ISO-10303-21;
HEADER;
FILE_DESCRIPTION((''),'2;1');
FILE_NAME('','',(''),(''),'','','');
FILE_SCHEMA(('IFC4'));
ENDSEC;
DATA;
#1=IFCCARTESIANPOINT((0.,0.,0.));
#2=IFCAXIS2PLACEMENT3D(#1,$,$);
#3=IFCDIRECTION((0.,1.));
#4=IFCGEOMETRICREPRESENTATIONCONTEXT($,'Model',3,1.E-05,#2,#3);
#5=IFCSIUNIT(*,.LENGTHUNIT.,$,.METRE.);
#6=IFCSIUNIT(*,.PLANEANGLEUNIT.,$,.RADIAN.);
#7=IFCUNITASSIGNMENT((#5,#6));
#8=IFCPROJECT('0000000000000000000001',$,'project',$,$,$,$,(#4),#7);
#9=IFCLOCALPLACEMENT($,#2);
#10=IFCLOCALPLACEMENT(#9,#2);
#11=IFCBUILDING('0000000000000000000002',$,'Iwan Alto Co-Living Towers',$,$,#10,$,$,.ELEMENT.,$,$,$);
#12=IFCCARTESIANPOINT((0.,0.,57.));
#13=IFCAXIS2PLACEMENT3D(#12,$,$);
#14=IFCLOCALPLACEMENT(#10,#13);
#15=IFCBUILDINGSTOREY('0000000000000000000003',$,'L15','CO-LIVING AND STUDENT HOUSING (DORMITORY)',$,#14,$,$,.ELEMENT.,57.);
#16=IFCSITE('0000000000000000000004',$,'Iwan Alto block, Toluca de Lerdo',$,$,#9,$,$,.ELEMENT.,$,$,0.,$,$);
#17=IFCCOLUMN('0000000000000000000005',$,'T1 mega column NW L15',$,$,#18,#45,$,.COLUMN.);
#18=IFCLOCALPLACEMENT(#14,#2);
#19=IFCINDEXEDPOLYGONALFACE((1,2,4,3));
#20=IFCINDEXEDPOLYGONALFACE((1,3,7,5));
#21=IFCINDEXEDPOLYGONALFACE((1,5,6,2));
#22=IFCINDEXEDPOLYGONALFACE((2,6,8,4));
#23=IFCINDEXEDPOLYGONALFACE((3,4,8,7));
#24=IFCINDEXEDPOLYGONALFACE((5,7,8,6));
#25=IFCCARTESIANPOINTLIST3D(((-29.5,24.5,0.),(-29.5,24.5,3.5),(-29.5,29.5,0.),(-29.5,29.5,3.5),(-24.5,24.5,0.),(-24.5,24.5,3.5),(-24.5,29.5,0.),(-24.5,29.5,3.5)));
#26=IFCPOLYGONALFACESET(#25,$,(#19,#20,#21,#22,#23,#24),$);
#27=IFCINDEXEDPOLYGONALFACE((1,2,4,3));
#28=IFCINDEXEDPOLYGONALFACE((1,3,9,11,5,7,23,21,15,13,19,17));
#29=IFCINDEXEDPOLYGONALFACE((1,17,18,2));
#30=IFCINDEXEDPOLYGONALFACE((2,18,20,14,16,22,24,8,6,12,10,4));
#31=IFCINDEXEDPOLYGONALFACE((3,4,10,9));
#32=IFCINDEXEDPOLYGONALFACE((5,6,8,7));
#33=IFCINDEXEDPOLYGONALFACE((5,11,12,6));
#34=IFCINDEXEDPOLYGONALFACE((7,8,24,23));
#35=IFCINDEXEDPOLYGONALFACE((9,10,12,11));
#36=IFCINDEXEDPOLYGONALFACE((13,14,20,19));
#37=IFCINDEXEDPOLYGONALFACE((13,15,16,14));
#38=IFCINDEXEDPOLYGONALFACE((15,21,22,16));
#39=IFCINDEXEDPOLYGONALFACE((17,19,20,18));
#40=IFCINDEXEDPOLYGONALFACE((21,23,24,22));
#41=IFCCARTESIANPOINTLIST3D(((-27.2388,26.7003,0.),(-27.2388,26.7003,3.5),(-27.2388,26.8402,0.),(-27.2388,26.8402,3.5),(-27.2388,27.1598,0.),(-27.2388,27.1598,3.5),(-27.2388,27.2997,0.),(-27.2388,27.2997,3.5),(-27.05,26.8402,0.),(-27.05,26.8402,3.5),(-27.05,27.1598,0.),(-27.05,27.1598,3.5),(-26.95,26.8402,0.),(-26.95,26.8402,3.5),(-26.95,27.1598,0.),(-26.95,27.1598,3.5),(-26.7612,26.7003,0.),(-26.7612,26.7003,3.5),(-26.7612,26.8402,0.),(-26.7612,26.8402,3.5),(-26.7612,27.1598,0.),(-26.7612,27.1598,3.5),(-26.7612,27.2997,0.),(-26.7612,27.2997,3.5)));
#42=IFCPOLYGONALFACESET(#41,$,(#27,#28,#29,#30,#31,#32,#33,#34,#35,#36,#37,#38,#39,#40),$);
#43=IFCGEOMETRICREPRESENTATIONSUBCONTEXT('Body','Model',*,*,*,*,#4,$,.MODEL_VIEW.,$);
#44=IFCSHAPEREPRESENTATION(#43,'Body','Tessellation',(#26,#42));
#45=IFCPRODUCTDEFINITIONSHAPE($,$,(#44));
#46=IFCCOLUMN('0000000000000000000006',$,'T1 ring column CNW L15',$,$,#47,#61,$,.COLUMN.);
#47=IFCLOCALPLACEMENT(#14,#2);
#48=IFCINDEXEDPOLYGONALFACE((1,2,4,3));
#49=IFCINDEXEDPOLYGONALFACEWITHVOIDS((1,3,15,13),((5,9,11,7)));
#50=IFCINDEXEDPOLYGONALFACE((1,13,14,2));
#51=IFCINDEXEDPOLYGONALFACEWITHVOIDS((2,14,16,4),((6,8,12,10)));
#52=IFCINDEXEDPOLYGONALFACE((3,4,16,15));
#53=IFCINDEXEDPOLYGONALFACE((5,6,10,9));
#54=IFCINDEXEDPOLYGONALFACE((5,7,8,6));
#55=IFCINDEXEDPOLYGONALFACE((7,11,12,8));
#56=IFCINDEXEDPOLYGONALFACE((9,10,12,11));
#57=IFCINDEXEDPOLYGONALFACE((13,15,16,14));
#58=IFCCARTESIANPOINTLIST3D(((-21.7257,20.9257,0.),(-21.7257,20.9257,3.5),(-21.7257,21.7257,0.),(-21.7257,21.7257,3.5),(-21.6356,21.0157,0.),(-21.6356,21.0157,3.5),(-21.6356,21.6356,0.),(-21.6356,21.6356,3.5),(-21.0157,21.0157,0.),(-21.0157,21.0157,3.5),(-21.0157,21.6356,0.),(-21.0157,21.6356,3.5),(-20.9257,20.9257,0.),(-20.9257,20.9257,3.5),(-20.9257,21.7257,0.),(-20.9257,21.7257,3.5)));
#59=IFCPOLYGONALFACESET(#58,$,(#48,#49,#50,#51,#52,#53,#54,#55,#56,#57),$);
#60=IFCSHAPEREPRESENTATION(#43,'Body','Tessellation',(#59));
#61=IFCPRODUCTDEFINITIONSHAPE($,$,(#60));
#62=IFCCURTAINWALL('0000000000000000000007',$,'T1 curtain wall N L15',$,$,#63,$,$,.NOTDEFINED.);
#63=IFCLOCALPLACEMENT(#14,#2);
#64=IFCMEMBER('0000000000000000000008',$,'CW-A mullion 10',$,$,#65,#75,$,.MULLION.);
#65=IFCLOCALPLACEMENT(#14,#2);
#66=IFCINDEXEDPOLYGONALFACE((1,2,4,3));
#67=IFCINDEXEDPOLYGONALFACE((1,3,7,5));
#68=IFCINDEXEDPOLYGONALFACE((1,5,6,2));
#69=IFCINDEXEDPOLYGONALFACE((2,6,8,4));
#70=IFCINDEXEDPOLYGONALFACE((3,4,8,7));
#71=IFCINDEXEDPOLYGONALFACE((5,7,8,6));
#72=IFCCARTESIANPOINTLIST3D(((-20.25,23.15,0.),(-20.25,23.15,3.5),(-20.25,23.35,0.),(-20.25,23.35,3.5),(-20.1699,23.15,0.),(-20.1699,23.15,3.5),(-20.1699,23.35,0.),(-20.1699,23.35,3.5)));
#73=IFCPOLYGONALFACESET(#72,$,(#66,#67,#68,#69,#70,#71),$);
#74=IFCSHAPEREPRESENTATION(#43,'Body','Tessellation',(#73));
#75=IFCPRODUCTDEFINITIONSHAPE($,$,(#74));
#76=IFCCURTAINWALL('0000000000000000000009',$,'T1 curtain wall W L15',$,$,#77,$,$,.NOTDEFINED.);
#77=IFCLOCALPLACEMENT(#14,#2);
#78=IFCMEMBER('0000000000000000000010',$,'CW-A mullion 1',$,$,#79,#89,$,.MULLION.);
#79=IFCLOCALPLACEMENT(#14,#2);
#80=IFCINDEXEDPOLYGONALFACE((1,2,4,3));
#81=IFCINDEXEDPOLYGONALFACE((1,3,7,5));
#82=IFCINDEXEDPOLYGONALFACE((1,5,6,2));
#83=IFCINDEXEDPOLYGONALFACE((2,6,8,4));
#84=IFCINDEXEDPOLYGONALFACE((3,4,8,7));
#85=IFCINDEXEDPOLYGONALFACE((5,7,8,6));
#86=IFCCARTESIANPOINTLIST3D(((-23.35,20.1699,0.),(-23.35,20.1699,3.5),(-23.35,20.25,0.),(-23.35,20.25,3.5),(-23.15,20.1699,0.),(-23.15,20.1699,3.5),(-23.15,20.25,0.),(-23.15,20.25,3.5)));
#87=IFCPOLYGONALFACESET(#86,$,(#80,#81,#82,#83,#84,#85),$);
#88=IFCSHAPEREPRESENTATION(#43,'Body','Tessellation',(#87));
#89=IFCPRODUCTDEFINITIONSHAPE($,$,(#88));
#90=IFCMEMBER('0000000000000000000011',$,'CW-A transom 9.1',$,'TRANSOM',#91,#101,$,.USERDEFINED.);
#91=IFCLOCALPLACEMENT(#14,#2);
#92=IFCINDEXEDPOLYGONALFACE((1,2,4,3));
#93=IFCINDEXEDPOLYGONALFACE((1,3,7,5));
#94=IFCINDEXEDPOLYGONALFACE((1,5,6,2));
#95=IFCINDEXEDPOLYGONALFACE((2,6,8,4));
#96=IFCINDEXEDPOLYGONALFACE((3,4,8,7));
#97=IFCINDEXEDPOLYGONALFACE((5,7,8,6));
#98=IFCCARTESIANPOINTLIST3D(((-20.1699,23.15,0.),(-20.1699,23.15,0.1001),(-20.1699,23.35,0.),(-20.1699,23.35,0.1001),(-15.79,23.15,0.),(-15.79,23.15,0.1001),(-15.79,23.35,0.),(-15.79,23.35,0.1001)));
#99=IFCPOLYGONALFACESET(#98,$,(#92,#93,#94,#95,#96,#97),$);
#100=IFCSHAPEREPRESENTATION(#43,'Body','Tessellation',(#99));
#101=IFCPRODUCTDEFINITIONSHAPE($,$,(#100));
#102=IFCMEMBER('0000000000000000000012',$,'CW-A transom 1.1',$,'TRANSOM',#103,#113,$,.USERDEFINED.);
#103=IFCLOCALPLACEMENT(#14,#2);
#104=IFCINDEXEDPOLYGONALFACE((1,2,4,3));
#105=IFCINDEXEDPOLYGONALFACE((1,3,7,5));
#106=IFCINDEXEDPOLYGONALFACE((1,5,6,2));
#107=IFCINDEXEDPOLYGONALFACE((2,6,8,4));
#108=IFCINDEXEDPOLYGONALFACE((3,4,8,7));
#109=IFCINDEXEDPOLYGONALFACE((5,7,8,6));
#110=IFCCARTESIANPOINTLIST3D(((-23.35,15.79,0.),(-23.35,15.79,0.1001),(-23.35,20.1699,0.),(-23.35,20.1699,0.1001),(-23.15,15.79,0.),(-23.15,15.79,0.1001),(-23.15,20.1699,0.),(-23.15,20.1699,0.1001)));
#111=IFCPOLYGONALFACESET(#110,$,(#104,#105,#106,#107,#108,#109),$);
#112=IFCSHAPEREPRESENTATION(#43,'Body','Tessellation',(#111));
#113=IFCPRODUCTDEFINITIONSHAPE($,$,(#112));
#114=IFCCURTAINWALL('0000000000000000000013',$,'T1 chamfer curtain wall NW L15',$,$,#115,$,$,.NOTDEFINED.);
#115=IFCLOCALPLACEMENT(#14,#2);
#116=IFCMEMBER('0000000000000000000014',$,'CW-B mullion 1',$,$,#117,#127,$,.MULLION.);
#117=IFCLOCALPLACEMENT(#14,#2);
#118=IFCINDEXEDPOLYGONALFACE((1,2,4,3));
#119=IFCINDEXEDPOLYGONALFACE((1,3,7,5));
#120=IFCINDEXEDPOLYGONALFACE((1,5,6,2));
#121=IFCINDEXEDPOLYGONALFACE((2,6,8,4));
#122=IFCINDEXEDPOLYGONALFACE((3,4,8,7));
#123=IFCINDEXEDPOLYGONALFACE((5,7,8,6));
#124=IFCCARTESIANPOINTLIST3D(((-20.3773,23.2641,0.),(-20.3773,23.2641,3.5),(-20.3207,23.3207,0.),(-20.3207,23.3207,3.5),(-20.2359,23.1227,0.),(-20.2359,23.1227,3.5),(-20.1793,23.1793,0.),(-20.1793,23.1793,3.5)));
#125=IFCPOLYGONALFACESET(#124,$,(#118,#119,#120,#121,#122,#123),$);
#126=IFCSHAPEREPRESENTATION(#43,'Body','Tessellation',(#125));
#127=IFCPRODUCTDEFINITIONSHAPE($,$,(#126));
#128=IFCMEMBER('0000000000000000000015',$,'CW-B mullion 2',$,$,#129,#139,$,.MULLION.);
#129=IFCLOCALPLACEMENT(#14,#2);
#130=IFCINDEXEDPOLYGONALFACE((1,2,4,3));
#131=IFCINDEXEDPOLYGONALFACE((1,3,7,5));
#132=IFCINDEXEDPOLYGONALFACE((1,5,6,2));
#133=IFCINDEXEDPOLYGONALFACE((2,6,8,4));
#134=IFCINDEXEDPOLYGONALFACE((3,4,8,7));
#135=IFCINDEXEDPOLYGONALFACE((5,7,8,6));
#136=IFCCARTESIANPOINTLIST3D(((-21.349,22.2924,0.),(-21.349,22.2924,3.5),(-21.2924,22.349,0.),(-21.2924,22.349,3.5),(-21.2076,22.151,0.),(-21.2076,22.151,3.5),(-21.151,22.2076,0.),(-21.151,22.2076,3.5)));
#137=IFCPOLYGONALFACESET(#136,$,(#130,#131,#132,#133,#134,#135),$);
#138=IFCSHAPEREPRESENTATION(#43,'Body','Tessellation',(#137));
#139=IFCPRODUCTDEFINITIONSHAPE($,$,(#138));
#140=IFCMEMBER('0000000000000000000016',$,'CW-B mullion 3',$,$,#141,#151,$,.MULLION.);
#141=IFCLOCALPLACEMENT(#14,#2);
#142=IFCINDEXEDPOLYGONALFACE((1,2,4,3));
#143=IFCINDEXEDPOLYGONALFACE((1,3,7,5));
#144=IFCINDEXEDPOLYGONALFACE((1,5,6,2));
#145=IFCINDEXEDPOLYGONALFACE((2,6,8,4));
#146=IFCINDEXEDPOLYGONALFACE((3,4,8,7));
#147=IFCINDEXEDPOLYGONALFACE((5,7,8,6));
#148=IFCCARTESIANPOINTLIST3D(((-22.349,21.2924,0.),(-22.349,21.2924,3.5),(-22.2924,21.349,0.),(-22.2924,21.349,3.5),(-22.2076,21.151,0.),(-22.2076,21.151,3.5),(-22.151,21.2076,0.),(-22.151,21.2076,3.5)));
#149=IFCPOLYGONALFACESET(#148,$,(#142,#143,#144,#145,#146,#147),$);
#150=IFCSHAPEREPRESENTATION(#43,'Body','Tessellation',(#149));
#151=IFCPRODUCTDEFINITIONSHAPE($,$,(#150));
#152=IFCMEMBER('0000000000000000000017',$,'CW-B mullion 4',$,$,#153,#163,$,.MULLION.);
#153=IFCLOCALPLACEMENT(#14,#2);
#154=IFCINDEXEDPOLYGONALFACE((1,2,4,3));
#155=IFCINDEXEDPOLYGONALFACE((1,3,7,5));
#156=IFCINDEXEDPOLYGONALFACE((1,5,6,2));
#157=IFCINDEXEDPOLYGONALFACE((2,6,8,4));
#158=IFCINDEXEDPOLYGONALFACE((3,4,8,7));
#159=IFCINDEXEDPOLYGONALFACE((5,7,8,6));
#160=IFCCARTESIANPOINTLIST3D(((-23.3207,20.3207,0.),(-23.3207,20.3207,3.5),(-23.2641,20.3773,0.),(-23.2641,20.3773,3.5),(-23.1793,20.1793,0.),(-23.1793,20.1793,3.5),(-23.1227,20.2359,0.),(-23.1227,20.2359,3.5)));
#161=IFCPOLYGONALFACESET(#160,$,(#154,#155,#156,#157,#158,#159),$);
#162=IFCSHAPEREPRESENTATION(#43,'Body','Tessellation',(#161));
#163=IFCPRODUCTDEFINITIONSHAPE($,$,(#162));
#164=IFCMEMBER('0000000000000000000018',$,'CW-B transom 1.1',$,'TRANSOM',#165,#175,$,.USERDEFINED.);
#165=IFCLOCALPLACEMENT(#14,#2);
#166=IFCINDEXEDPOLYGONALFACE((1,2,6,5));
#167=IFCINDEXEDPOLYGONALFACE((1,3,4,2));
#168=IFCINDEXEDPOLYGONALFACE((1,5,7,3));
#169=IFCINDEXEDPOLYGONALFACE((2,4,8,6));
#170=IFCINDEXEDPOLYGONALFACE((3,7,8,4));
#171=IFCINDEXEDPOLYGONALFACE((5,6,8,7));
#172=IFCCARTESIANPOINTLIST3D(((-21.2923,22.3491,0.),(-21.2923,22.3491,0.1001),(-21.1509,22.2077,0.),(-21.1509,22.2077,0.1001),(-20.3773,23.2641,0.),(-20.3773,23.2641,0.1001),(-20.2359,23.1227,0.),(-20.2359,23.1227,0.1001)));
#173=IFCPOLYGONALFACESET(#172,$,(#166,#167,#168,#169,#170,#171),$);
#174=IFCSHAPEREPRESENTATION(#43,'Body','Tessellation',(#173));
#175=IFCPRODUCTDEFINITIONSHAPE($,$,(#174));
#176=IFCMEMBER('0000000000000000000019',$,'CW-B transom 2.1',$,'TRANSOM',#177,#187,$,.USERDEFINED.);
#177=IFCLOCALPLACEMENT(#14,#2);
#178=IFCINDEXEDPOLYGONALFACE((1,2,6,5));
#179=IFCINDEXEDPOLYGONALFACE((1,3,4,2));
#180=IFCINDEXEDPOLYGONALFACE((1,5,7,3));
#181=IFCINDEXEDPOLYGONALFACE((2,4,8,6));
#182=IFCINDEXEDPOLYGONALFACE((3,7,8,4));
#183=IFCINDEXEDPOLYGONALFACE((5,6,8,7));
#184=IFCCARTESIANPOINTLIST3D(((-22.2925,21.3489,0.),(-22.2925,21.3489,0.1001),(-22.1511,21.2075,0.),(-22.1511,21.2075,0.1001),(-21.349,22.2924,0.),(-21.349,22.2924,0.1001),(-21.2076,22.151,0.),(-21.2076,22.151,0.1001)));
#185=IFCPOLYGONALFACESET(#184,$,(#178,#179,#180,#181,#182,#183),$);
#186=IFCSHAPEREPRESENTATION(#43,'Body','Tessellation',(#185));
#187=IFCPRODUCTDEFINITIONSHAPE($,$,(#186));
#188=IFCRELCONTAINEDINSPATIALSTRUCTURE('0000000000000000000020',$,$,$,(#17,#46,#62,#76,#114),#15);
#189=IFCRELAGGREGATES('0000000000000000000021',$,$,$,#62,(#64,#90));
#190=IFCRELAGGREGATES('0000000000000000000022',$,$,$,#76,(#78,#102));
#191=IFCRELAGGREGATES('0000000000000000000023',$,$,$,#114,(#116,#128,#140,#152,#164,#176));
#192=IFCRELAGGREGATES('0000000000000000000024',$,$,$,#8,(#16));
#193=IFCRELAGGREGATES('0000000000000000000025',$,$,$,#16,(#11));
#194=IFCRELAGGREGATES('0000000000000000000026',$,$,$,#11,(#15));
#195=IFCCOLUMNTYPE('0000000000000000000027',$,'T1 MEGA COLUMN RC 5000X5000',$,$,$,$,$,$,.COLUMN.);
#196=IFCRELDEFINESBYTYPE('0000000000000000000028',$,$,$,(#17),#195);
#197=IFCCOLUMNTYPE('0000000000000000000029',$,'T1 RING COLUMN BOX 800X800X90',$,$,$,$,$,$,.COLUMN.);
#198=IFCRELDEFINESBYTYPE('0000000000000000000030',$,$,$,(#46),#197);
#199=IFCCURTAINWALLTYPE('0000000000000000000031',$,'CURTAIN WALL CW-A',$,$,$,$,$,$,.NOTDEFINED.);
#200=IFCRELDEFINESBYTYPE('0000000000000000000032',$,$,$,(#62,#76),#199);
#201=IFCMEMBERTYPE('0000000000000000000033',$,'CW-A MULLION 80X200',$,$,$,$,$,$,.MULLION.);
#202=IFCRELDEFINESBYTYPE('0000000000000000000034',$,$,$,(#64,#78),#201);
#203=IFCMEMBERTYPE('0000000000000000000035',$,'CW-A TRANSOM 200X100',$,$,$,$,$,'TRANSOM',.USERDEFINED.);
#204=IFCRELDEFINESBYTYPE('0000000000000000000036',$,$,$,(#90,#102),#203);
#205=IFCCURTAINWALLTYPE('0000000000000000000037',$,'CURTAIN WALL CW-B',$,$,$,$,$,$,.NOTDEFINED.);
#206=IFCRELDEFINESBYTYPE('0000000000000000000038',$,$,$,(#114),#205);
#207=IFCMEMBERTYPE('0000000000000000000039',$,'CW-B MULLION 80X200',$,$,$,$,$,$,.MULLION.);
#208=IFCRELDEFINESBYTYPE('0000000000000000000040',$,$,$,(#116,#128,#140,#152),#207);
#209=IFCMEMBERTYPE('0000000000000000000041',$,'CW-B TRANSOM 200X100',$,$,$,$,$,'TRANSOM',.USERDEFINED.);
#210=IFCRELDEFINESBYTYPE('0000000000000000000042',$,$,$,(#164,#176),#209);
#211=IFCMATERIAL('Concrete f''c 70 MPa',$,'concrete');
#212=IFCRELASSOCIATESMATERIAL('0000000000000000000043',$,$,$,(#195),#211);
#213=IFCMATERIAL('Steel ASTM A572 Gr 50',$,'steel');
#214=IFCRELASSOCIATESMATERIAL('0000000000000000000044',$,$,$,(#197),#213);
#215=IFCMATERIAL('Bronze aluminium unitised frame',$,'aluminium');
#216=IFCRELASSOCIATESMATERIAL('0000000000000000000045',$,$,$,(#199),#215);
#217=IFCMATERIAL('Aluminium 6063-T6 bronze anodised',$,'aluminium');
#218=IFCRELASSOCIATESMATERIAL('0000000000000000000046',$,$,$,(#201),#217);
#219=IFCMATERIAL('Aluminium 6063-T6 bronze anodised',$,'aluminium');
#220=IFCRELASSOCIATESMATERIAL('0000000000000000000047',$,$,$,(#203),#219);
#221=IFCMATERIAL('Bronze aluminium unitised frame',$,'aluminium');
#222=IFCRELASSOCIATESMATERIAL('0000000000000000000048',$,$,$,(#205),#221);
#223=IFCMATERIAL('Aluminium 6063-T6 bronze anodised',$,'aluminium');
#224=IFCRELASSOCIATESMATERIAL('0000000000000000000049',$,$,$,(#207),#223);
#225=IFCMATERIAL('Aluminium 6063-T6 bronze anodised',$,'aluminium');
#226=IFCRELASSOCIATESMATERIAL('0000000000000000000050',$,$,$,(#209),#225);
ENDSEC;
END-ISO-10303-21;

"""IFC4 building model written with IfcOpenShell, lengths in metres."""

from ifc_helpers import new_model, si_unit, direction, frame, origin, origin_2d, place, context, subcontext, project, spatial, rectangle, hollow_rectangle, i_section, extrude, material, material_profile, profile_set, type_object, element, aggregate, save


model = new_model("IFC4")

# Units and contexts
model_context = context("Model", 3, precision=1e-05, world=origin(), true_north=direction((0.0, 1.0)))
body_context = subcontext(model_context, "Body", "Model", "MODEL_VIEW")
ifc_project = project(units=[si_unit("LENGTHUNIT", "METRE"), si_unit("PLANEANGLEUNIT", "RADIAN")], contexts=[model_context])

# Site, building, storey
site_placement = place(None, origin())
site = spatial("IfcSite", under=ifc_project, at=site_placement, Name="Iwan Alto block, Toluca de Lerdo", CompositionType="ELEMENT", RefElevation=0.0)
building_placement = place(site_placement, origin())
building = spatial("IfcBuilding", under=site, at=building_placement, Name="Iwan Alto Co-Living Towers", CompositionType="ELEMENT")
storey_placement = place(building_placement, frame((0.0, 0.0, 57.0)))
storey = spatial("IfcBuildingStorey", under=building, at=storey_placement, Name="L15", Description="CO-LIVING AND STUDENT HOUSING (DORMITORY)", CompositionType="ELEMENT", Elevation=57.0)

# Columns
ifc_material_1 = material(Name="Concrete f'c 70 MPa", Category="concrete")
ifc_material_profile_1 = material_profile(ifc_material_1, rectangle(XDim=5.0, YDim=5.0, at=origin_2d()), Name="RC 5000X5000")
ifc_profile_set_1 = profile_set([ifc_material_profile_1], Name="Concrete f'c 70 MPa")
column_type_1 = type_object("IfcColumnType", Name="T1 MEGA COLUMN RC 5000X5000", PredefinedType="COLUMN", material=ifc_profile_set_1)
column_1_placement = place(storey_placement, frame((-27.0, 27.0, 0.0), z_axis=(0.0, 0.0, 1.0), x_axis=(1.0, 0.0, 0.0)))
element("IfcColumn", 1, at=column_1_placement, inside=storey, type_object=column_type_1, Name="T1 mega column NW L15", PredefinedType="COLUMN", context=body_context, shape_type="SweptSolid", body=[
    extrude(rectangle(XDim=5.0, YDim=5.0, at=origin_2d()), origin(), (0.0, 0.0, 1.0), 3.5),
    extrude(i_section(OverallWidth=0.4775, OverallDepth=0.5994, WebThickness=0.1001, FlangeThickness=0.1399, at=origin_2d()), origin(), (0.0, 0.0, 1.0), 3.5),
])
ifc_material_2 = material(Name="Steel ASTM A572 Gr 50", Category="steel")
ifc_material_profile_2 = material_profile(ifc_material_2, hollow_rectangle(XDim=0.8, YDim=0.8, WallThickness=0.0901, at=origin_2d()), Name="BOX 800X800X90")
ifc_profile_set_2 = profile_set([ifc_material_profile_2], Name="Steel ASTM A572 Gr 50")
column_type_2 = type_object("IfcColumnType", Name="T1 RING COLUMN BOX 800X800X90", PredefinedType="COLUMN", material=ifc_profile_set_2)
column_2_placement = place(storey_placement, frame((-21.3257, 21.3257, 0.0), z_axis=(0.0, 0.0, 1.0), x_axis=(1.0, 0.0, 0.0)))
element("IfcColumn", 2, at=column_2_placement, inside=storey, type_object=column_type_2, Name="T1 ring column CNW L15", PredefinedType="COLUMN", context=body_context, shape_type="SweptSolid", body=[
    extrude(hollow_rectangle(XDim=0.8, YDim=0.8, WallThickness=0.0901, at=origin_2d()), origin(), (0.0, 0.0, 1.0), 3.5),
])

# Curtain walls, members
ifc_material_3 = material(Name="Bronze aluminium unitised frame", Category="aluminium")
curtain_wall_type_1 = type_object("IfcCurtainWallType", Name="CURTAIN WALL CW-A", PredefinedType="NOTDEFINED", material=ifc_material_3)
curtain_wall_1_placement = place(storey_placement, origin())
curtain_wall_1 = element("IfcCurtainWall", 3, at=curtain_wall_1_placement, inside=storey, type_object=curtain_wall_type_1, Name="T1 curtain wall N L15", PredefinedType="NOTDEFINED")
ifc_material_4 = material(Name="Aluminium 6063-T6 bronze anodised", Category="aluminium")
ifc_material_profile_3 = material_profile(ifc_material_4, rectangle(XDim=0.2, YDim=0.0801, at=origin_2d()), Name="AL 80X200")
ifc_profile_set_3 = profile_set([ifc_material_profile_3], Name="Aluminium 6063-T6 bronze anodised")
member_type_1 = type_object("IfcMemberType", Name="CW-A MULLION 80X200", PredefinedType="MULLION", material=ifc_profile_set_3)
member_1_placement = place(storey_placement, frame((-20.21, 23.25, 0.0), z_axis=(0.0, 0.0, 1.0), x_axis=(0.0, -1.0, 0.0)))
member_1 = element("IfcMember", 4, at=member_1_placement, type_object=member_type_1, Name="CW-A mullion 10", PredefinedType="MULLION", context=body_context, shape_type="SweptSolid", body=[
    extrude(rectangle(XDim=0.2, YDim=0.0801, at=origin_2d()), origin(), (0.0, 0.0, 1.0), 3.5),
])
curtain_wall_2_placement = place(storey_placement, origin())
curtain_wall_2 = element("IfcCurtainWall", 5, at=curtain_wall_2_placement, inside=storey, type_object=curtain_wall_type_1, Name="T1 curtain wall W L15", PredefinedType="NOTDEFINED")
member_2_placement = place(storey_placement, frame((-23.25, 20.21, 0.0), z_axis=(0.0, 0.0, 1.0), x_axis=(1.0, 0.0, 0.0)))
member_2 = element("IfcMember", 6, at=member_2_placement, type_object=member_type_1, Name="CW-A mullion 1", PredefinedType="MULLION", context=body_context, shape_type="SweptSolid", body=[
    extrude(rectangle(XDim=0.2, YDim=0.0801, at=origin_2d()), origin(), (0.0, 0.0, 1.0), 3.5),
])

# Members
ifc_material_5 = material(Name="Aluminium 6063-T6 bronze anodised", Category="aluminium")
ifc_material_profile_4 = material_profile(ifc_material_5, rectangle(XDim=0.2, YDim=0.1001, at=origin_2d()), Name="AL 200X100")
ifc_profile_set_4 = profile_set([ifc_material_profile_4], Name="Aluminium 6063-T6 bronze anodised")
member_type_2 = type_object("IfcMemberType", Name="CW-A TRANSOM 200X100", ElementType="TRANSOM", PredefinedType="USERDEFINED", material=ifc_profile_set_4)
member_3_placement = place(storey_placement, frame((-15.79, 23.25, 0.05), z_axis=(-1.0, 0.0, 0.0), x_axis=(0.0, -1.0, 0.0)))
member_3 = element("IfcMember", 7, at=member_3_placement, type_object=member_type_2, Name="CW-A transom 9.1", ObjectType="TRANSOM", PredefinedType="USERDEFINED", context=body_context, shape_type="SweptSolid", body=[
    extrude(rectangle(XDim=0.2, YDim=0.1001, at=origin_2d()), origin(), (0.0, 0.0, 1.0), 4.3799),
])
member_4_placement = place(storey_placement, frame((-23.25, 20.1699, 0.05), z_axis=(0.0, -1.0, 0.0), x_axis=(1.0, 0.0, 0.0)))
member_4 = element("IfcMember", 8, at=member_4_placement, type_object=member_type_2, Name="CW-A transom 1.1", ObjectType="TRANSOM", PredefinedType="USERDEFINED", context=body_context, shape_type="SweptSolid", body=[
    extrude(rectangle(XDim=0.2, YDim=0.1001, at=origin_2d()), origin(), (0.0, 0.0, 1.0), 4.3799),
])

# Curtain wall, members
ifc_material_6 = material(Name="Bronze aluminium unitised frame", Category="aluminium")
curtain_wall_type_2 = type_object("IfcCurtainWallType", Name="CURTAIN WALL CW-B", PredefinedType="NOTDEFINED", material=ifc_material_6)
curtain_wall_3_placement = place(storey_placement, origin())
curtain_wall_3 = element("IfcCurtainWall", 9, at=curtain_wall_3_placement, inside=storey, type_object=curtain_wall_type_2, Name="T1 chamfer curtain wall NW L15", PredefinedType="NOTDEFINED")
ifc_material_7 = material(Name="Aluminium 6063-T6 bronze anodised", Category="aluminium")
ifc_material_profile_5 = material_profile(ifc_material_7, rectangle(XDim=0.2, YDim=0.0801, at=origin_2d()), Name="AL 80X200")
ifc_profile_set_5 = profile_set([ifc_material_profile_5], Name="Aluminium 6063-T6 bronze anodised")
member_type_3 = type_object("IfcMemberType", Name="CW-B MULLION 80X200", PredefinedType="MULLION", material=ifc_profile_set_5)
member_5_placement = place(storey_placement, frame((-20.2783, 23.2217, 0.0), z_axis=(0.0, 0.0, 1.0), x_axis=(0.707107, -0.707107, 0.0)))
member_5 = element("IfcMember", 10, at=member_5_placement, type_object=member_type_3, Name="CW-B mullion 1", PredefinedType="MULLION", context=body_context, shape_type="SweptSolid", body=[
    extrude(rectangle(XDim=0.2, YDim=0.0801, at=origin_2d()), origin(), (0.0, 0.0, 1.0), 3.5),
])
member_6_placement = place(storey_placement, frame((-21.25, 22.25, 0.0), z_axis=(0.0, 0.0, 1.0), x_axis=(0.707107, -0.707107, 0.0)))
member_6 = element("IfcMember", 11, at=member_6_placement, type_object=member_type_3, Name="CW-B mullion 2", PredefinedType="MULLION", context=body_context, shape_type="SweptSolid", body=[
    extrude(rectangle(XDim=0.2, YDim=0.0801, at=origin_2d()), origin(), (0.0, 0.0, 1.0), 3.5),
])
member_7_placement = place(storey_placement, frame((-22.25, 21.25, 0.0), z_axis=(0.0, 0.0, 1.0), x_axis=(0.707107, -0.707107, 0.0)))
member_7 = element("IfcMember", 12, at=member_7_placement, type_object=member_type_3, Name="CW-B mullion 3", PredefinedType="MULLION", context=body_context, shape_type="SweptSolid", body=[
    extrude(rectangle(XDim=0.2, YDim=0.0801, at=origin_2d()), origin(), (0.0, 0.0, 1.0), 3.5),
])
member_8_placement = place(storey_placement, frame((-23.2217, 20.2783, 0.0), z_axis=(0.0, 0.0, 1.0), x_axis=(0.707107, -0.707107, 0.0)))
member_8 = element("IfcMember", 13, at=member_8_placement, type_object=member_type_3, Name="CW-B mullion 4", PredefinedType="MULLION", context=body_context, shape_type="SweptSolid", body=[
    extrude(rectangle(XDim=0.2, YDim=0.0801, at=origin_2d()), origin(), (0.0, 0.0, 1.0), 3.5),
])
ifc_material_8 = material(Name="Aluminium 6063-T6 bronze anodised", Category="aluminium")
ifc_material_profile_6 = material_profile(ifc_material_8, rectangle(XDim=0.2, YDim=0.1001, at=origin_2d()), Name="AL 200X100")
ifc_profile_set_6 = profile_set([ifc_material_profile_6], Name="Aluminium 6063-T6 bronze anodised")
member_type_4 = type_object("IfcMemberType", Name="CW-B TRANSOM 200X100", ElementType="TRANSOM", PredefinedType="USERDEFINED", material=ifc_profile_set_6)
member_9_placement = place(storey_placement, frame((-20.3066, 23.1934, 0.05), z_axis=(-0.707107, -0.707107, 0.0), x_axis=(0.707107, -0.707107, 0.0)))
member_9 = element("IfcMember", 14, at=member_9_placement, type_object=member_type_4, Name="CW-B transom 1.1", ObjectType="TRANSOM", PredefinedType="USERDEFINED", context=body_context, shape_type="SweptSolid", body=[
    extrude(rectangle(XDim=0.2, YDim=0.1001, at=origin_2d()), origin(), (0.0, 0.0, 1.0), 1.2939),
])
member_10_placement = place(storey_placement, frame((-21.2783, 22.2217, 0.05), z_axis=(-0.707107, -0.707107, 0.0), x_axis=(0.707107, -0.707107, 0.0)))
member_10 = element("IfcMember", 15, at=member_10_placement, type_object=member_type_4, Name="CW-B transom 2.1", ObjectType="TRANSOM", PredefinedType="USERDEFINED", context=body_context, shape_type="SweptSolid", body=[
    extrude(rectangle(XDim=0.2, YDim=0.1001, at=origin_2d()), origin(), (0.0, 0.0, 1.0), 1.3342),
])

aggregate(curtain_wall_1, [member_1, member_3])
aggregate(curtain_wall_2, [member_2, member_4])
aggregate(curtain_wall_3, [member_5, member_6, member_7, member_8, member_9, member_10])

save(model, "model.ifc")
